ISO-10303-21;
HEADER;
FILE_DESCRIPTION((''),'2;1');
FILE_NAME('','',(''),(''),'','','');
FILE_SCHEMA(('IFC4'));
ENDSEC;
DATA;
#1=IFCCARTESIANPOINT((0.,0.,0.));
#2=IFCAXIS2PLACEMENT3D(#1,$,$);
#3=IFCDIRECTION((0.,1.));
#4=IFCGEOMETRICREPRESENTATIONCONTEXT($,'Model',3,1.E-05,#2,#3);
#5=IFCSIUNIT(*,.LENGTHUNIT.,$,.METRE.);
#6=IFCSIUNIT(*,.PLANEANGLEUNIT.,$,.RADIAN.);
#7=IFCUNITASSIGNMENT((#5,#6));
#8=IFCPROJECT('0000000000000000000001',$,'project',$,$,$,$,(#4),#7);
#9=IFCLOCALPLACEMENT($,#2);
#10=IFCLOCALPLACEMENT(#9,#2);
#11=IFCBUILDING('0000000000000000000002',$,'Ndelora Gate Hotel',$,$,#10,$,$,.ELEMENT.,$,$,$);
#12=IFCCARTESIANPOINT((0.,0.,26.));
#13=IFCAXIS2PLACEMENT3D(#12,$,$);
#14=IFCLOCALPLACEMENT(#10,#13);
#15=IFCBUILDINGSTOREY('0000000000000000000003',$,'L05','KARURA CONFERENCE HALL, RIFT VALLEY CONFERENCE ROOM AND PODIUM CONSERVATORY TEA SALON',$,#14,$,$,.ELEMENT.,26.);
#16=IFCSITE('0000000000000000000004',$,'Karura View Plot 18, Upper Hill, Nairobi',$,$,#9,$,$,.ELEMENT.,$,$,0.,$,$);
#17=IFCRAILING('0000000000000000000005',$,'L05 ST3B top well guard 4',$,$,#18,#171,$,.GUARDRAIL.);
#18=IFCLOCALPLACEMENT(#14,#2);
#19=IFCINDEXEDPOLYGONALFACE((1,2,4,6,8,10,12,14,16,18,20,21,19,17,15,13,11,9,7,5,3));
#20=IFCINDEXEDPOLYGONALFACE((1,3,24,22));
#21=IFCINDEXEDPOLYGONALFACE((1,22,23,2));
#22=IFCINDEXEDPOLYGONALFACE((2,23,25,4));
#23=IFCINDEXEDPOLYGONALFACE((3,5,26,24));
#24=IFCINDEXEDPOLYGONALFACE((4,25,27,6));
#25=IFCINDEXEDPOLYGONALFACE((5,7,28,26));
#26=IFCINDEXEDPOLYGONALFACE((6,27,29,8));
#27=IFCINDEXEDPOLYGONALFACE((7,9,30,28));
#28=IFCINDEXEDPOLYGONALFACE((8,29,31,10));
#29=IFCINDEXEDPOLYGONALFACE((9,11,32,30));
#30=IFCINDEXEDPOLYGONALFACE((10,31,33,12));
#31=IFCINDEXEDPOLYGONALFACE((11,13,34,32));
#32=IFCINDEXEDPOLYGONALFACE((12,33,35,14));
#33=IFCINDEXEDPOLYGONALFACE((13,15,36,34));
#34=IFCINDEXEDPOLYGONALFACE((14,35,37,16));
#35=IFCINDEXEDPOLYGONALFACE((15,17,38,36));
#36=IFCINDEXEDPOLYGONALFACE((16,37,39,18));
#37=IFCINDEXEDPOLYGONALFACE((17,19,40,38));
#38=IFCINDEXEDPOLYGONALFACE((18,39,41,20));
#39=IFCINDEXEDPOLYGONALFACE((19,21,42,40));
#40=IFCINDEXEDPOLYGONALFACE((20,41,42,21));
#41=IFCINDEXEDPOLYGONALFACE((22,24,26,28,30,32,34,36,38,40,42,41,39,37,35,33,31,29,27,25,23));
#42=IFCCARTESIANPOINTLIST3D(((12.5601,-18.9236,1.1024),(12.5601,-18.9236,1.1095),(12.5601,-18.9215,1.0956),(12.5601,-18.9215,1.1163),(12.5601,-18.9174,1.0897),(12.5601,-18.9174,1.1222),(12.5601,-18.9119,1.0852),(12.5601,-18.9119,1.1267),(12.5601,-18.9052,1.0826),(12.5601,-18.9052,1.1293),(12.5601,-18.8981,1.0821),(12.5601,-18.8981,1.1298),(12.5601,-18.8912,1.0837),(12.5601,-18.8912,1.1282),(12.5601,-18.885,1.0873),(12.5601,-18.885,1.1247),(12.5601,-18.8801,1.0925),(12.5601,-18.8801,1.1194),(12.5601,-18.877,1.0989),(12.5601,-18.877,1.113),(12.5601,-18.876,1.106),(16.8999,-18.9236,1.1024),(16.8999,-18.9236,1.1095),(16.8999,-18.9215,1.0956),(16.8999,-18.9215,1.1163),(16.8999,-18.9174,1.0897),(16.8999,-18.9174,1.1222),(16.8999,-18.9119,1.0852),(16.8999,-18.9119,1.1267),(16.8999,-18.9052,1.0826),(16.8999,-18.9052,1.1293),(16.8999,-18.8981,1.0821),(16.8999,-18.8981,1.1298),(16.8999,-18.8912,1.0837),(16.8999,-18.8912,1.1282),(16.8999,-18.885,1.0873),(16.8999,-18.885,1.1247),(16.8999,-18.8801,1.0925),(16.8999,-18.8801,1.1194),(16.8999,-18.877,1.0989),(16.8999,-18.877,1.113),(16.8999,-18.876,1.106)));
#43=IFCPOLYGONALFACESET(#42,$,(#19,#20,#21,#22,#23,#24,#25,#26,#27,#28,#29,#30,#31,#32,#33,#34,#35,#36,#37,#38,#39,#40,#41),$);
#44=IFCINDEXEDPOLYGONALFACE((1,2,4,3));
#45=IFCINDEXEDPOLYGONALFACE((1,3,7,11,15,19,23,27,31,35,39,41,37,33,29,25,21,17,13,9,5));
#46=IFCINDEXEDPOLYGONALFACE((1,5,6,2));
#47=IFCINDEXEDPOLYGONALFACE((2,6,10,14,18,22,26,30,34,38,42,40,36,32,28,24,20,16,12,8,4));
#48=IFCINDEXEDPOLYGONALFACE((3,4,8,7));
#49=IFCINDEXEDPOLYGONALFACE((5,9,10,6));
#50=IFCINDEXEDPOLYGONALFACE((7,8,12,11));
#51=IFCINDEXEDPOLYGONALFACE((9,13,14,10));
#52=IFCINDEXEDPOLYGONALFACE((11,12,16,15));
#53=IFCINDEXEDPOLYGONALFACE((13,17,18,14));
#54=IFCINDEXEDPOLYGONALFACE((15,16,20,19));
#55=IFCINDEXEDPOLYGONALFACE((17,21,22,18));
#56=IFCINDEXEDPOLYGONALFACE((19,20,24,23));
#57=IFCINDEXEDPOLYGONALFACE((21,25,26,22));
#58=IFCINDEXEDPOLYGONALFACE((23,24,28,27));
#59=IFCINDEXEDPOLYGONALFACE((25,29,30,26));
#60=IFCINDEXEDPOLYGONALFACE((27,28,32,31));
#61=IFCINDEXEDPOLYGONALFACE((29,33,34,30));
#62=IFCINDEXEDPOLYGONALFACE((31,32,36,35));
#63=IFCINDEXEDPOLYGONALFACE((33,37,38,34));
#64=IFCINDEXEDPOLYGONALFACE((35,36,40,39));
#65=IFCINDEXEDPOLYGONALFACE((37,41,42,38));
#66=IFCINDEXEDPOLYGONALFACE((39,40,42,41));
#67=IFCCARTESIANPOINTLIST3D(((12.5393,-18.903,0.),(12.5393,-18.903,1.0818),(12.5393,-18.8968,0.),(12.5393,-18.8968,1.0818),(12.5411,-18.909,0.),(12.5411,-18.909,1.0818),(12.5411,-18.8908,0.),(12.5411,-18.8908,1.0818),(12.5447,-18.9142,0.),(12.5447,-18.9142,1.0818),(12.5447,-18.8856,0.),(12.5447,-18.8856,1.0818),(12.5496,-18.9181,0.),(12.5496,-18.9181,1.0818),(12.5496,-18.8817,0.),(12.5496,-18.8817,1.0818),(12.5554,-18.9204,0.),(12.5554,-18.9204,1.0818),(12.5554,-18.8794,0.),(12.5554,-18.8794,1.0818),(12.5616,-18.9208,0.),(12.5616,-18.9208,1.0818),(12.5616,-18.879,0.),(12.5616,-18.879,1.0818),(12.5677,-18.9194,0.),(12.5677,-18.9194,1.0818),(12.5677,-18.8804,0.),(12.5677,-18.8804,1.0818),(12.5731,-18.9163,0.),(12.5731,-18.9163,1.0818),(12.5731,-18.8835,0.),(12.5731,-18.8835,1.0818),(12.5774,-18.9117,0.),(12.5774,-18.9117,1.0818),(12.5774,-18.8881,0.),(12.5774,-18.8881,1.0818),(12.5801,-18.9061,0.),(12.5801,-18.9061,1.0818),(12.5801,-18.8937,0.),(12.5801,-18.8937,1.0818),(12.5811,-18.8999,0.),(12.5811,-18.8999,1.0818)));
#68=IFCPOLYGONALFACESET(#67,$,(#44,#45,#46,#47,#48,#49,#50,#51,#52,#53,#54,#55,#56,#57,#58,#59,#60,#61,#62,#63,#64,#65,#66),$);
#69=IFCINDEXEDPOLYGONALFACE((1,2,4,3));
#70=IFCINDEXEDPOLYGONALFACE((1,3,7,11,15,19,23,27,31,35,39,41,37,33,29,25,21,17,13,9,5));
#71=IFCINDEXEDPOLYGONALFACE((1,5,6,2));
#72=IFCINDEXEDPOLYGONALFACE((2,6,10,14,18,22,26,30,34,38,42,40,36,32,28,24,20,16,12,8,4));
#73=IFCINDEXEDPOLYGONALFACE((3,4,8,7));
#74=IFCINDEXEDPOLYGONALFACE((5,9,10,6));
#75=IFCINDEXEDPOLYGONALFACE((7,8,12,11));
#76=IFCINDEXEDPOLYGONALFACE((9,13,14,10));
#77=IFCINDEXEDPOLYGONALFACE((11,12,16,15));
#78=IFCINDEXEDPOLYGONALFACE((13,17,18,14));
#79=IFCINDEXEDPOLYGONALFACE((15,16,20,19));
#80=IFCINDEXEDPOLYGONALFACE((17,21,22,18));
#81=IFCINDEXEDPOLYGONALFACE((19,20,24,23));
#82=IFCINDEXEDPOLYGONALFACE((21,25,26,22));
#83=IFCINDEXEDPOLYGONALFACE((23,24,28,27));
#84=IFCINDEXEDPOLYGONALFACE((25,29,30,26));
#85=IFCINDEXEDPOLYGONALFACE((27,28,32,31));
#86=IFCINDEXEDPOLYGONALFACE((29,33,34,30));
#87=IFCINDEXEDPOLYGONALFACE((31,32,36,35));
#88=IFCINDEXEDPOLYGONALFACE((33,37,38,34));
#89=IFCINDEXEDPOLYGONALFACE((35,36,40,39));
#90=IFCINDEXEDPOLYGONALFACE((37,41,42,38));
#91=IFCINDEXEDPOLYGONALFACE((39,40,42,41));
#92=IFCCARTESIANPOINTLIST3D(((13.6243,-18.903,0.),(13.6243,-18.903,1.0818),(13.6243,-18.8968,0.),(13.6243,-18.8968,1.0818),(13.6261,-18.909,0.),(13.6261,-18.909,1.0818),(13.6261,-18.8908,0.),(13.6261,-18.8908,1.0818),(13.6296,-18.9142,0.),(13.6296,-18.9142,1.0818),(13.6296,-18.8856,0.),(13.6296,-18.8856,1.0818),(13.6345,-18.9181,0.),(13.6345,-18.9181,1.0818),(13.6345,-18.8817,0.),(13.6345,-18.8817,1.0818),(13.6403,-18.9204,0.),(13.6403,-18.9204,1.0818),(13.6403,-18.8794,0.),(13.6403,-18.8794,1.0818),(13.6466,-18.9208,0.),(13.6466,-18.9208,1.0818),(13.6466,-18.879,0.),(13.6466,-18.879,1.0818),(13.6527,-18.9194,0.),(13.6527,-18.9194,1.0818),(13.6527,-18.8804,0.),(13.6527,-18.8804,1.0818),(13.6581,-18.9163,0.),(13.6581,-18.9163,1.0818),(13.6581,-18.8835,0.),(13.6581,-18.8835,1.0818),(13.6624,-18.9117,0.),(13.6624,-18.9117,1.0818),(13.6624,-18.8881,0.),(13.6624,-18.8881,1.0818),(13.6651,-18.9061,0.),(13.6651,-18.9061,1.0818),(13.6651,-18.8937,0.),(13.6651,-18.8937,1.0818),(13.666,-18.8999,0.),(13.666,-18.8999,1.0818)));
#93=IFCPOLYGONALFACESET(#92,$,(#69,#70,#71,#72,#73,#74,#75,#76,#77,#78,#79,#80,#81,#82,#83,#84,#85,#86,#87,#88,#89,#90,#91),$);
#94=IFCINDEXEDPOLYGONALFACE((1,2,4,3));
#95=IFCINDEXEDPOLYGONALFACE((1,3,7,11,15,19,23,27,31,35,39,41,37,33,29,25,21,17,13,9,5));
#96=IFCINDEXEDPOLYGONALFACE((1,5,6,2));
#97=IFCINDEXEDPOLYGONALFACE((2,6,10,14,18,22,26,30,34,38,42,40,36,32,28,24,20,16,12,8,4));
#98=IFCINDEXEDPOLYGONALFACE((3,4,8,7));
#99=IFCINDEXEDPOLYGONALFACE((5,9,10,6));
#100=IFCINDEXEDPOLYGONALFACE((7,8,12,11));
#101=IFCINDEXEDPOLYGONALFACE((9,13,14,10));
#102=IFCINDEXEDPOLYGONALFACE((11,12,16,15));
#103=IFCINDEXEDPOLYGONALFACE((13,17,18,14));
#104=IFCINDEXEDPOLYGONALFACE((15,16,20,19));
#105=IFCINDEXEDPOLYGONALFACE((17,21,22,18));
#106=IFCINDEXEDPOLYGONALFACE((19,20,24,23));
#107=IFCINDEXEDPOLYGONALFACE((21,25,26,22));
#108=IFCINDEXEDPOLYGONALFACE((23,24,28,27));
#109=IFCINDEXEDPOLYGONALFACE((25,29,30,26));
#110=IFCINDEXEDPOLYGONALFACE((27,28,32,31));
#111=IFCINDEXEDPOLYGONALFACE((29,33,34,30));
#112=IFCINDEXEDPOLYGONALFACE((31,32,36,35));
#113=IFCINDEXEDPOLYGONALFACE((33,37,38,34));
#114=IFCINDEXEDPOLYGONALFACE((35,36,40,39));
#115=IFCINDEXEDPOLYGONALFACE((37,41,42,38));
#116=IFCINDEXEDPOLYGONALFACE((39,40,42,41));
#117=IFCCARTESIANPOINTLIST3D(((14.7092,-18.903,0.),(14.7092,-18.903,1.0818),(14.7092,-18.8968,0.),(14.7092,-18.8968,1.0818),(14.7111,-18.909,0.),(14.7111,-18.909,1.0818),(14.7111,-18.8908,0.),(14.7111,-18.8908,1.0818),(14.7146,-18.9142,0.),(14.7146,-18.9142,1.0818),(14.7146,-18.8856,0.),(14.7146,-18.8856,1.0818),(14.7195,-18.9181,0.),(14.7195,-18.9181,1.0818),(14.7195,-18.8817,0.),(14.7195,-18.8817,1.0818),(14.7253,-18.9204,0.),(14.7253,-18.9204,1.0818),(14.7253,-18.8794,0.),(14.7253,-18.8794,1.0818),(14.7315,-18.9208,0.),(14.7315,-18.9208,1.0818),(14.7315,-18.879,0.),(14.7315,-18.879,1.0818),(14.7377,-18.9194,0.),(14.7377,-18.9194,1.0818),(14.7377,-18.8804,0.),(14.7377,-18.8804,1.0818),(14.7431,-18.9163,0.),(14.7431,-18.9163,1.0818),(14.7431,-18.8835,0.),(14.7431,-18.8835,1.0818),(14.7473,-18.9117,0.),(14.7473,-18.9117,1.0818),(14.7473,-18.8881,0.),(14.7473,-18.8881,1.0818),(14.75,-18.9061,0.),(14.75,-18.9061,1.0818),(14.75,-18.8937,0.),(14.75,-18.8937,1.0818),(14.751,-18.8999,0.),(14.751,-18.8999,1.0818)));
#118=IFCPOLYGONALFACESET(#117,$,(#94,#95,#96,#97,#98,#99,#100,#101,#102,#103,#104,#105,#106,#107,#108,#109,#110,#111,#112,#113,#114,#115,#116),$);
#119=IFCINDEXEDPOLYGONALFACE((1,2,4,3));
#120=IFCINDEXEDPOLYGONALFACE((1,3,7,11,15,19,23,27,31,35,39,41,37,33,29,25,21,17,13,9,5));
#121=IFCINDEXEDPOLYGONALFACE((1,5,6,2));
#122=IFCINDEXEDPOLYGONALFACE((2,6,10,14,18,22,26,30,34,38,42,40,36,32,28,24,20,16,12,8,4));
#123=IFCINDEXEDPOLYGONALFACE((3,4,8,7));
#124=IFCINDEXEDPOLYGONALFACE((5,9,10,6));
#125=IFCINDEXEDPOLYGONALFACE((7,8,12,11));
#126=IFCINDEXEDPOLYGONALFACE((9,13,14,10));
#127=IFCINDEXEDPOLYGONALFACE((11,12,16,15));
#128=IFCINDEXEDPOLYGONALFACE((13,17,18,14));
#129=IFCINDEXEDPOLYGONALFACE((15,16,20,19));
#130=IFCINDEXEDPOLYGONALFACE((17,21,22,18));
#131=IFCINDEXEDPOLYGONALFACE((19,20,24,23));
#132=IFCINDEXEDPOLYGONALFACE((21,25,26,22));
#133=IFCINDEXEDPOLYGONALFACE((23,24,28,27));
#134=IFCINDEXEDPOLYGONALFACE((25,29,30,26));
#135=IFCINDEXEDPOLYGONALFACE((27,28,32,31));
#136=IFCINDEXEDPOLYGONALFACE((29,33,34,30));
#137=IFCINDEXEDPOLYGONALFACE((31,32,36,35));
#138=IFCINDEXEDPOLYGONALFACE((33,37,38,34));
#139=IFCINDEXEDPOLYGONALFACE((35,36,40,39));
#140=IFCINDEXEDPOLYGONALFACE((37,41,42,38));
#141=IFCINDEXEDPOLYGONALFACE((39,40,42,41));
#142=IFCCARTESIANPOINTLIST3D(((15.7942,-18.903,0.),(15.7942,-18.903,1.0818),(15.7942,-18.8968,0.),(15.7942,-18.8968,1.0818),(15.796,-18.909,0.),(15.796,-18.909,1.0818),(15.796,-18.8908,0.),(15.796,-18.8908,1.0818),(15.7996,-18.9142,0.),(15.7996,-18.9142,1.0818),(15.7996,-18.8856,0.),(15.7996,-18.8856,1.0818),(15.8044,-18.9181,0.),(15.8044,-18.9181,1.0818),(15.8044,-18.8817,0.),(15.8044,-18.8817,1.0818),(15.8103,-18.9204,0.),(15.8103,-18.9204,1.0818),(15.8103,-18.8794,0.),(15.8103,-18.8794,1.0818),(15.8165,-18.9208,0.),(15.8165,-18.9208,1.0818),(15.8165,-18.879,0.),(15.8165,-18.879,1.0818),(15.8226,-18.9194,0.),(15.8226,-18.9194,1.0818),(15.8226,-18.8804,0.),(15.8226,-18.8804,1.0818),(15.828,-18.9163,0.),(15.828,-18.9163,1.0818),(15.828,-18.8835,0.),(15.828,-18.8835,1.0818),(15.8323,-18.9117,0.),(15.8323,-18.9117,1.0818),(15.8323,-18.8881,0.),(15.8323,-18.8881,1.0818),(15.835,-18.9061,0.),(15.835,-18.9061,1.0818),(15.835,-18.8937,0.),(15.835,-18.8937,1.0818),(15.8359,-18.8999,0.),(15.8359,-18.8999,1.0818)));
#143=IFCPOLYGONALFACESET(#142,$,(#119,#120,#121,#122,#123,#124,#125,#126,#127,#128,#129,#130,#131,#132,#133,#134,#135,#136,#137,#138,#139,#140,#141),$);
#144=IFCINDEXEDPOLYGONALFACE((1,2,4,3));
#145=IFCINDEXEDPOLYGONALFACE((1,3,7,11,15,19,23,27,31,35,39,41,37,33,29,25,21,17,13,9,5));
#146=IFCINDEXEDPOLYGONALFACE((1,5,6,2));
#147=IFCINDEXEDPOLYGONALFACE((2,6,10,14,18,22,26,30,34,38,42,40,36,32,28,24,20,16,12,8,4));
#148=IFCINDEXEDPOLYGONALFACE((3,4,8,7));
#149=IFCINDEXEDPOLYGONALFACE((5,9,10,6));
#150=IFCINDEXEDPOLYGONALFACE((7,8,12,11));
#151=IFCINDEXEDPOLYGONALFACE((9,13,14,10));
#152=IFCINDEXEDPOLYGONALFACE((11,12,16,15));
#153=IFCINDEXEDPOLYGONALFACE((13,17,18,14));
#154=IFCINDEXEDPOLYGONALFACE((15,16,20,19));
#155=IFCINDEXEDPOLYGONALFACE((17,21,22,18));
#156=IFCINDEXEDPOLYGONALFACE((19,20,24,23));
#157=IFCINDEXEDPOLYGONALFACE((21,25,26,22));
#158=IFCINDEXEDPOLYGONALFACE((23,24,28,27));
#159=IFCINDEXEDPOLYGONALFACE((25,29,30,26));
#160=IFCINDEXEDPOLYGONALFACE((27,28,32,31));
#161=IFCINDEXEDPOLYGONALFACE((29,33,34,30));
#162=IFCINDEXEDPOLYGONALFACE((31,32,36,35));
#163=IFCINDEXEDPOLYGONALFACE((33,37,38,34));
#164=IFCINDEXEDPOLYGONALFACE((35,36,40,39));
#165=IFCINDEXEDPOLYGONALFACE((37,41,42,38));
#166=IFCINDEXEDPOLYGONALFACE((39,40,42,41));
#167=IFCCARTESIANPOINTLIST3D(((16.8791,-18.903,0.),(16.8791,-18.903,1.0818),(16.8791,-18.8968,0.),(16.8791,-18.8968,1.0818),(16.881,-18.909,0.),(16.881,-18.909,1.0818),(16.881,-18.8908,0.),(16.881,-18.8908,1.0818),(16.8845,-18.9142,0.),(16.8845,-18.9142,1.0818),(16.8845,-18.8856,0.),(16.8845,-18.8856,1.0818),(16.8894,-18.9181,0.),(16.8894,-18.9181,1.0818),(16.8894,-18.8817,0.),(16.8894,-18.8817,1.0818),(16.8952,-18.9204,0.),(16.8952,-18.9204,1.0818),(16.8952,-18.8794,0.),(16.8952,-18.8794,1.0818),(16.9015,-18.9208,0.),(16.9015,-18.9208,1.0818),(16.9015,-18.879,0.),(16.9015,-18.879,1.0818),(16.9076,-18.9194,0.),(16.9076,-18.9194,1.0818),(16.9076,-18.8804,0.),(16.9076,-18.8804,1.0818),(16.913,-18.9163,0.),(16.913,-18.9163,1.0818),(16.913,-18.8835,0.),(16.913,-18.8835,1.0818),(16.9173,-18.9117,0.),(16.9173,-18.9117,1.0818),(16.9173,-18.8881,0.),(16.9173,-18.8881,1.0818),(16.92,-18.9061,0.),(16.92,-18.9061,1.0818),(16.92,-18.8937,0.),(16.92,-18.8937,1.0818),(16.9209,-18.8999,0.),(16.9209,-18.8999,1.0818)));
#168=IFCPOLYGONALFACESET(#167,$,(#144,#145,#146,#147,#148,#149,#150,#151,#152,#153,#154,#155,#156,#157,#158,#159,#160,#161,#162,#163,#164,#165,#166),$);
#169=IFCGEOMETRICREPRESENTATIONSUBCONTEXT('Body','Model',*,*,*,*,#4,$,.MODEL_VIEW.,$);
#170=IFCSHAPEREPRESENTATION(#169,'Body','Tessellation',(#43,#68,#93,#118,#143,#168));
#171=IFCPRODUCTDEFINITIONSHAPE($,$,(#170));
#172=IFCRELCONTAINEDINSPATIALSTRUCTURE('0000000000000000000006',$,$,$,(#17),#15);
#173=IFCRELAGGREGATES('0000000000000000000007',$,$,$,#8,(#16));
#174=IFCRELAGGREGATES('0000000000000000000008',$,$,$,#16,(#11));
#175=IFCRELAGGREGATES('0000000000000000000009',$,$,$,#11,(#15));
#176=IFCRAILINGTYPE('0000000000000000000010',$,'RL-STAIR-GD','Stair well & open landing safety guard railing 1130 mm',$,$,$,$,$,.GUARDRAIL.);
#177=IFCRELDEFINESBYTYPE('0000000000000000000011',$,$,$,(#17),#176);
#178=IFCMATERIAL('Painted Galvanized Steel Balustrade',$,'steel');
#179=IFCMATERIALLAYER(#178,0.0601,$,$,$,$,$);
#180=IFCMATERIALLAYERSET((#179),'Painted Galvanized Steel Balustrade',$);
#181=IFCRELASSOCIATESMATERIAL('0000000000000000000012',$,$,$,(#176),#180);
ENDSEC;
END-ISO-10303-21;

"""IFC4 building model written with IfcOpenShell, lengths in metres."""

from ifc_helpers import new_model, si_unit, direction, frame, origin, origin_2d, place, context, subcontext, project, spatial, circle, extrude, material, layer, layer_set, type_object, element, save


model = new_model("IFC4")

# Units and contexts
model_context = context("Model", 3, precision=1e-05, world=origin(), true_north=direction((0.0, 1.0)))
body_context = subcontext(model_context, "Body", "Model", "MODEL_VIEW")
ifc_project = project(units=[si_unit("LENGTHUNIT", "METRE"), si_unit("PLANEANGLEUNIT", "RADIAN")], contexts=[model_context])

# Site, building, storey
site_placement = place(None, origin())
site = spatial("IfcSite", under=ifc_project, at=site_placement, Name="Karura View Plot 18, Upper Hill, Nairobi", CompositionType="ELEMENT", RefElevation=0.0)
building_placement = place(site_placement, origin())
building = spatial("IfcBuilding", under=site, at=building_placement, Name="Ndelora Gate Hotel", CompositionType="ELEMENT")
storey_placement = place(building_placement, frame((0.0, 0.0, 26.0)))
storey = spatial("IfcBuildingStorey", under=building, at=storey_placement, Name="L05", Description="KARURA CONFERENCE HALL, RIFT VALLEY CONFERENCE ROOM AND PODIUM CONSERVATORY TEA SALON", CompositionType="ELEMENT", Elevation=26.0)

# Railing
ifc_material_1 = material(Name="Painted Galvanized Steel Balustrade", Category="steel")
ifc_layer_1 = layer(ifc_material_1, 0.0601)
ifc_layer_set_1 = layer_set([ifc_layer_1], Name="Painted Galvanized Steel Balustrade")
railing_type = type_object("IfcRailingType", Name="RL-STAIR-GD", Description="Stair well & open landing safety guard railing 1130 mm", PredefinedType="GUARDRAIL", material=ifc_layer_set_1)
railing_1_placement = place(storey_placement, frame((12.5601, -18.8999, 0.0)))
element("IfcRailing", 1, at=railing_1_placement, inside=storey, type_object=railing_type, Name="L05 ST3B top well guard 4", PredefinedType="GUARDRAIL", context=body_context, shape_type="SweptSolid", body=[
    extrude(circle(Radius=0.0239, at=origin_2d()), frame((0.0, 0.0, 1.106), z_axis=(1.0, 0.0, 0.0), x_axis=(0.0, 1.0, 0.0)), (0.0, 0.0, 1.0), 4.3398),
    extrude(circle(Radius=0.021, at=origin_2d()), origin(), (0.0, 0.0, 1.0), 1.0818),
    extrude(circle(Radius=0.021, at=origin_2d()), frame((1.085, 0.0, 0.0)), (0.0, 0.0, 1.0), 1.0818),
    extrude(circle(Radius=0.021, at=origin_2d()), frame((2.1699, 0.0, 0.0)), (0.0, 0.0, 1.0), 1.0818),
    extrude(circle(Radius=0.021, at=origin_2d()), frame((3.2549, 0.0, 0.0)), (0.0, 0.0, 1.0), 1.0818),
    extrude(circle(Radius=0.021, at=origin_2d()), frame((4.3398, 0.0, 0.0)), (0.0, 0.0, 1.0), 1.0818),
])

save(model, "model.ifc")
